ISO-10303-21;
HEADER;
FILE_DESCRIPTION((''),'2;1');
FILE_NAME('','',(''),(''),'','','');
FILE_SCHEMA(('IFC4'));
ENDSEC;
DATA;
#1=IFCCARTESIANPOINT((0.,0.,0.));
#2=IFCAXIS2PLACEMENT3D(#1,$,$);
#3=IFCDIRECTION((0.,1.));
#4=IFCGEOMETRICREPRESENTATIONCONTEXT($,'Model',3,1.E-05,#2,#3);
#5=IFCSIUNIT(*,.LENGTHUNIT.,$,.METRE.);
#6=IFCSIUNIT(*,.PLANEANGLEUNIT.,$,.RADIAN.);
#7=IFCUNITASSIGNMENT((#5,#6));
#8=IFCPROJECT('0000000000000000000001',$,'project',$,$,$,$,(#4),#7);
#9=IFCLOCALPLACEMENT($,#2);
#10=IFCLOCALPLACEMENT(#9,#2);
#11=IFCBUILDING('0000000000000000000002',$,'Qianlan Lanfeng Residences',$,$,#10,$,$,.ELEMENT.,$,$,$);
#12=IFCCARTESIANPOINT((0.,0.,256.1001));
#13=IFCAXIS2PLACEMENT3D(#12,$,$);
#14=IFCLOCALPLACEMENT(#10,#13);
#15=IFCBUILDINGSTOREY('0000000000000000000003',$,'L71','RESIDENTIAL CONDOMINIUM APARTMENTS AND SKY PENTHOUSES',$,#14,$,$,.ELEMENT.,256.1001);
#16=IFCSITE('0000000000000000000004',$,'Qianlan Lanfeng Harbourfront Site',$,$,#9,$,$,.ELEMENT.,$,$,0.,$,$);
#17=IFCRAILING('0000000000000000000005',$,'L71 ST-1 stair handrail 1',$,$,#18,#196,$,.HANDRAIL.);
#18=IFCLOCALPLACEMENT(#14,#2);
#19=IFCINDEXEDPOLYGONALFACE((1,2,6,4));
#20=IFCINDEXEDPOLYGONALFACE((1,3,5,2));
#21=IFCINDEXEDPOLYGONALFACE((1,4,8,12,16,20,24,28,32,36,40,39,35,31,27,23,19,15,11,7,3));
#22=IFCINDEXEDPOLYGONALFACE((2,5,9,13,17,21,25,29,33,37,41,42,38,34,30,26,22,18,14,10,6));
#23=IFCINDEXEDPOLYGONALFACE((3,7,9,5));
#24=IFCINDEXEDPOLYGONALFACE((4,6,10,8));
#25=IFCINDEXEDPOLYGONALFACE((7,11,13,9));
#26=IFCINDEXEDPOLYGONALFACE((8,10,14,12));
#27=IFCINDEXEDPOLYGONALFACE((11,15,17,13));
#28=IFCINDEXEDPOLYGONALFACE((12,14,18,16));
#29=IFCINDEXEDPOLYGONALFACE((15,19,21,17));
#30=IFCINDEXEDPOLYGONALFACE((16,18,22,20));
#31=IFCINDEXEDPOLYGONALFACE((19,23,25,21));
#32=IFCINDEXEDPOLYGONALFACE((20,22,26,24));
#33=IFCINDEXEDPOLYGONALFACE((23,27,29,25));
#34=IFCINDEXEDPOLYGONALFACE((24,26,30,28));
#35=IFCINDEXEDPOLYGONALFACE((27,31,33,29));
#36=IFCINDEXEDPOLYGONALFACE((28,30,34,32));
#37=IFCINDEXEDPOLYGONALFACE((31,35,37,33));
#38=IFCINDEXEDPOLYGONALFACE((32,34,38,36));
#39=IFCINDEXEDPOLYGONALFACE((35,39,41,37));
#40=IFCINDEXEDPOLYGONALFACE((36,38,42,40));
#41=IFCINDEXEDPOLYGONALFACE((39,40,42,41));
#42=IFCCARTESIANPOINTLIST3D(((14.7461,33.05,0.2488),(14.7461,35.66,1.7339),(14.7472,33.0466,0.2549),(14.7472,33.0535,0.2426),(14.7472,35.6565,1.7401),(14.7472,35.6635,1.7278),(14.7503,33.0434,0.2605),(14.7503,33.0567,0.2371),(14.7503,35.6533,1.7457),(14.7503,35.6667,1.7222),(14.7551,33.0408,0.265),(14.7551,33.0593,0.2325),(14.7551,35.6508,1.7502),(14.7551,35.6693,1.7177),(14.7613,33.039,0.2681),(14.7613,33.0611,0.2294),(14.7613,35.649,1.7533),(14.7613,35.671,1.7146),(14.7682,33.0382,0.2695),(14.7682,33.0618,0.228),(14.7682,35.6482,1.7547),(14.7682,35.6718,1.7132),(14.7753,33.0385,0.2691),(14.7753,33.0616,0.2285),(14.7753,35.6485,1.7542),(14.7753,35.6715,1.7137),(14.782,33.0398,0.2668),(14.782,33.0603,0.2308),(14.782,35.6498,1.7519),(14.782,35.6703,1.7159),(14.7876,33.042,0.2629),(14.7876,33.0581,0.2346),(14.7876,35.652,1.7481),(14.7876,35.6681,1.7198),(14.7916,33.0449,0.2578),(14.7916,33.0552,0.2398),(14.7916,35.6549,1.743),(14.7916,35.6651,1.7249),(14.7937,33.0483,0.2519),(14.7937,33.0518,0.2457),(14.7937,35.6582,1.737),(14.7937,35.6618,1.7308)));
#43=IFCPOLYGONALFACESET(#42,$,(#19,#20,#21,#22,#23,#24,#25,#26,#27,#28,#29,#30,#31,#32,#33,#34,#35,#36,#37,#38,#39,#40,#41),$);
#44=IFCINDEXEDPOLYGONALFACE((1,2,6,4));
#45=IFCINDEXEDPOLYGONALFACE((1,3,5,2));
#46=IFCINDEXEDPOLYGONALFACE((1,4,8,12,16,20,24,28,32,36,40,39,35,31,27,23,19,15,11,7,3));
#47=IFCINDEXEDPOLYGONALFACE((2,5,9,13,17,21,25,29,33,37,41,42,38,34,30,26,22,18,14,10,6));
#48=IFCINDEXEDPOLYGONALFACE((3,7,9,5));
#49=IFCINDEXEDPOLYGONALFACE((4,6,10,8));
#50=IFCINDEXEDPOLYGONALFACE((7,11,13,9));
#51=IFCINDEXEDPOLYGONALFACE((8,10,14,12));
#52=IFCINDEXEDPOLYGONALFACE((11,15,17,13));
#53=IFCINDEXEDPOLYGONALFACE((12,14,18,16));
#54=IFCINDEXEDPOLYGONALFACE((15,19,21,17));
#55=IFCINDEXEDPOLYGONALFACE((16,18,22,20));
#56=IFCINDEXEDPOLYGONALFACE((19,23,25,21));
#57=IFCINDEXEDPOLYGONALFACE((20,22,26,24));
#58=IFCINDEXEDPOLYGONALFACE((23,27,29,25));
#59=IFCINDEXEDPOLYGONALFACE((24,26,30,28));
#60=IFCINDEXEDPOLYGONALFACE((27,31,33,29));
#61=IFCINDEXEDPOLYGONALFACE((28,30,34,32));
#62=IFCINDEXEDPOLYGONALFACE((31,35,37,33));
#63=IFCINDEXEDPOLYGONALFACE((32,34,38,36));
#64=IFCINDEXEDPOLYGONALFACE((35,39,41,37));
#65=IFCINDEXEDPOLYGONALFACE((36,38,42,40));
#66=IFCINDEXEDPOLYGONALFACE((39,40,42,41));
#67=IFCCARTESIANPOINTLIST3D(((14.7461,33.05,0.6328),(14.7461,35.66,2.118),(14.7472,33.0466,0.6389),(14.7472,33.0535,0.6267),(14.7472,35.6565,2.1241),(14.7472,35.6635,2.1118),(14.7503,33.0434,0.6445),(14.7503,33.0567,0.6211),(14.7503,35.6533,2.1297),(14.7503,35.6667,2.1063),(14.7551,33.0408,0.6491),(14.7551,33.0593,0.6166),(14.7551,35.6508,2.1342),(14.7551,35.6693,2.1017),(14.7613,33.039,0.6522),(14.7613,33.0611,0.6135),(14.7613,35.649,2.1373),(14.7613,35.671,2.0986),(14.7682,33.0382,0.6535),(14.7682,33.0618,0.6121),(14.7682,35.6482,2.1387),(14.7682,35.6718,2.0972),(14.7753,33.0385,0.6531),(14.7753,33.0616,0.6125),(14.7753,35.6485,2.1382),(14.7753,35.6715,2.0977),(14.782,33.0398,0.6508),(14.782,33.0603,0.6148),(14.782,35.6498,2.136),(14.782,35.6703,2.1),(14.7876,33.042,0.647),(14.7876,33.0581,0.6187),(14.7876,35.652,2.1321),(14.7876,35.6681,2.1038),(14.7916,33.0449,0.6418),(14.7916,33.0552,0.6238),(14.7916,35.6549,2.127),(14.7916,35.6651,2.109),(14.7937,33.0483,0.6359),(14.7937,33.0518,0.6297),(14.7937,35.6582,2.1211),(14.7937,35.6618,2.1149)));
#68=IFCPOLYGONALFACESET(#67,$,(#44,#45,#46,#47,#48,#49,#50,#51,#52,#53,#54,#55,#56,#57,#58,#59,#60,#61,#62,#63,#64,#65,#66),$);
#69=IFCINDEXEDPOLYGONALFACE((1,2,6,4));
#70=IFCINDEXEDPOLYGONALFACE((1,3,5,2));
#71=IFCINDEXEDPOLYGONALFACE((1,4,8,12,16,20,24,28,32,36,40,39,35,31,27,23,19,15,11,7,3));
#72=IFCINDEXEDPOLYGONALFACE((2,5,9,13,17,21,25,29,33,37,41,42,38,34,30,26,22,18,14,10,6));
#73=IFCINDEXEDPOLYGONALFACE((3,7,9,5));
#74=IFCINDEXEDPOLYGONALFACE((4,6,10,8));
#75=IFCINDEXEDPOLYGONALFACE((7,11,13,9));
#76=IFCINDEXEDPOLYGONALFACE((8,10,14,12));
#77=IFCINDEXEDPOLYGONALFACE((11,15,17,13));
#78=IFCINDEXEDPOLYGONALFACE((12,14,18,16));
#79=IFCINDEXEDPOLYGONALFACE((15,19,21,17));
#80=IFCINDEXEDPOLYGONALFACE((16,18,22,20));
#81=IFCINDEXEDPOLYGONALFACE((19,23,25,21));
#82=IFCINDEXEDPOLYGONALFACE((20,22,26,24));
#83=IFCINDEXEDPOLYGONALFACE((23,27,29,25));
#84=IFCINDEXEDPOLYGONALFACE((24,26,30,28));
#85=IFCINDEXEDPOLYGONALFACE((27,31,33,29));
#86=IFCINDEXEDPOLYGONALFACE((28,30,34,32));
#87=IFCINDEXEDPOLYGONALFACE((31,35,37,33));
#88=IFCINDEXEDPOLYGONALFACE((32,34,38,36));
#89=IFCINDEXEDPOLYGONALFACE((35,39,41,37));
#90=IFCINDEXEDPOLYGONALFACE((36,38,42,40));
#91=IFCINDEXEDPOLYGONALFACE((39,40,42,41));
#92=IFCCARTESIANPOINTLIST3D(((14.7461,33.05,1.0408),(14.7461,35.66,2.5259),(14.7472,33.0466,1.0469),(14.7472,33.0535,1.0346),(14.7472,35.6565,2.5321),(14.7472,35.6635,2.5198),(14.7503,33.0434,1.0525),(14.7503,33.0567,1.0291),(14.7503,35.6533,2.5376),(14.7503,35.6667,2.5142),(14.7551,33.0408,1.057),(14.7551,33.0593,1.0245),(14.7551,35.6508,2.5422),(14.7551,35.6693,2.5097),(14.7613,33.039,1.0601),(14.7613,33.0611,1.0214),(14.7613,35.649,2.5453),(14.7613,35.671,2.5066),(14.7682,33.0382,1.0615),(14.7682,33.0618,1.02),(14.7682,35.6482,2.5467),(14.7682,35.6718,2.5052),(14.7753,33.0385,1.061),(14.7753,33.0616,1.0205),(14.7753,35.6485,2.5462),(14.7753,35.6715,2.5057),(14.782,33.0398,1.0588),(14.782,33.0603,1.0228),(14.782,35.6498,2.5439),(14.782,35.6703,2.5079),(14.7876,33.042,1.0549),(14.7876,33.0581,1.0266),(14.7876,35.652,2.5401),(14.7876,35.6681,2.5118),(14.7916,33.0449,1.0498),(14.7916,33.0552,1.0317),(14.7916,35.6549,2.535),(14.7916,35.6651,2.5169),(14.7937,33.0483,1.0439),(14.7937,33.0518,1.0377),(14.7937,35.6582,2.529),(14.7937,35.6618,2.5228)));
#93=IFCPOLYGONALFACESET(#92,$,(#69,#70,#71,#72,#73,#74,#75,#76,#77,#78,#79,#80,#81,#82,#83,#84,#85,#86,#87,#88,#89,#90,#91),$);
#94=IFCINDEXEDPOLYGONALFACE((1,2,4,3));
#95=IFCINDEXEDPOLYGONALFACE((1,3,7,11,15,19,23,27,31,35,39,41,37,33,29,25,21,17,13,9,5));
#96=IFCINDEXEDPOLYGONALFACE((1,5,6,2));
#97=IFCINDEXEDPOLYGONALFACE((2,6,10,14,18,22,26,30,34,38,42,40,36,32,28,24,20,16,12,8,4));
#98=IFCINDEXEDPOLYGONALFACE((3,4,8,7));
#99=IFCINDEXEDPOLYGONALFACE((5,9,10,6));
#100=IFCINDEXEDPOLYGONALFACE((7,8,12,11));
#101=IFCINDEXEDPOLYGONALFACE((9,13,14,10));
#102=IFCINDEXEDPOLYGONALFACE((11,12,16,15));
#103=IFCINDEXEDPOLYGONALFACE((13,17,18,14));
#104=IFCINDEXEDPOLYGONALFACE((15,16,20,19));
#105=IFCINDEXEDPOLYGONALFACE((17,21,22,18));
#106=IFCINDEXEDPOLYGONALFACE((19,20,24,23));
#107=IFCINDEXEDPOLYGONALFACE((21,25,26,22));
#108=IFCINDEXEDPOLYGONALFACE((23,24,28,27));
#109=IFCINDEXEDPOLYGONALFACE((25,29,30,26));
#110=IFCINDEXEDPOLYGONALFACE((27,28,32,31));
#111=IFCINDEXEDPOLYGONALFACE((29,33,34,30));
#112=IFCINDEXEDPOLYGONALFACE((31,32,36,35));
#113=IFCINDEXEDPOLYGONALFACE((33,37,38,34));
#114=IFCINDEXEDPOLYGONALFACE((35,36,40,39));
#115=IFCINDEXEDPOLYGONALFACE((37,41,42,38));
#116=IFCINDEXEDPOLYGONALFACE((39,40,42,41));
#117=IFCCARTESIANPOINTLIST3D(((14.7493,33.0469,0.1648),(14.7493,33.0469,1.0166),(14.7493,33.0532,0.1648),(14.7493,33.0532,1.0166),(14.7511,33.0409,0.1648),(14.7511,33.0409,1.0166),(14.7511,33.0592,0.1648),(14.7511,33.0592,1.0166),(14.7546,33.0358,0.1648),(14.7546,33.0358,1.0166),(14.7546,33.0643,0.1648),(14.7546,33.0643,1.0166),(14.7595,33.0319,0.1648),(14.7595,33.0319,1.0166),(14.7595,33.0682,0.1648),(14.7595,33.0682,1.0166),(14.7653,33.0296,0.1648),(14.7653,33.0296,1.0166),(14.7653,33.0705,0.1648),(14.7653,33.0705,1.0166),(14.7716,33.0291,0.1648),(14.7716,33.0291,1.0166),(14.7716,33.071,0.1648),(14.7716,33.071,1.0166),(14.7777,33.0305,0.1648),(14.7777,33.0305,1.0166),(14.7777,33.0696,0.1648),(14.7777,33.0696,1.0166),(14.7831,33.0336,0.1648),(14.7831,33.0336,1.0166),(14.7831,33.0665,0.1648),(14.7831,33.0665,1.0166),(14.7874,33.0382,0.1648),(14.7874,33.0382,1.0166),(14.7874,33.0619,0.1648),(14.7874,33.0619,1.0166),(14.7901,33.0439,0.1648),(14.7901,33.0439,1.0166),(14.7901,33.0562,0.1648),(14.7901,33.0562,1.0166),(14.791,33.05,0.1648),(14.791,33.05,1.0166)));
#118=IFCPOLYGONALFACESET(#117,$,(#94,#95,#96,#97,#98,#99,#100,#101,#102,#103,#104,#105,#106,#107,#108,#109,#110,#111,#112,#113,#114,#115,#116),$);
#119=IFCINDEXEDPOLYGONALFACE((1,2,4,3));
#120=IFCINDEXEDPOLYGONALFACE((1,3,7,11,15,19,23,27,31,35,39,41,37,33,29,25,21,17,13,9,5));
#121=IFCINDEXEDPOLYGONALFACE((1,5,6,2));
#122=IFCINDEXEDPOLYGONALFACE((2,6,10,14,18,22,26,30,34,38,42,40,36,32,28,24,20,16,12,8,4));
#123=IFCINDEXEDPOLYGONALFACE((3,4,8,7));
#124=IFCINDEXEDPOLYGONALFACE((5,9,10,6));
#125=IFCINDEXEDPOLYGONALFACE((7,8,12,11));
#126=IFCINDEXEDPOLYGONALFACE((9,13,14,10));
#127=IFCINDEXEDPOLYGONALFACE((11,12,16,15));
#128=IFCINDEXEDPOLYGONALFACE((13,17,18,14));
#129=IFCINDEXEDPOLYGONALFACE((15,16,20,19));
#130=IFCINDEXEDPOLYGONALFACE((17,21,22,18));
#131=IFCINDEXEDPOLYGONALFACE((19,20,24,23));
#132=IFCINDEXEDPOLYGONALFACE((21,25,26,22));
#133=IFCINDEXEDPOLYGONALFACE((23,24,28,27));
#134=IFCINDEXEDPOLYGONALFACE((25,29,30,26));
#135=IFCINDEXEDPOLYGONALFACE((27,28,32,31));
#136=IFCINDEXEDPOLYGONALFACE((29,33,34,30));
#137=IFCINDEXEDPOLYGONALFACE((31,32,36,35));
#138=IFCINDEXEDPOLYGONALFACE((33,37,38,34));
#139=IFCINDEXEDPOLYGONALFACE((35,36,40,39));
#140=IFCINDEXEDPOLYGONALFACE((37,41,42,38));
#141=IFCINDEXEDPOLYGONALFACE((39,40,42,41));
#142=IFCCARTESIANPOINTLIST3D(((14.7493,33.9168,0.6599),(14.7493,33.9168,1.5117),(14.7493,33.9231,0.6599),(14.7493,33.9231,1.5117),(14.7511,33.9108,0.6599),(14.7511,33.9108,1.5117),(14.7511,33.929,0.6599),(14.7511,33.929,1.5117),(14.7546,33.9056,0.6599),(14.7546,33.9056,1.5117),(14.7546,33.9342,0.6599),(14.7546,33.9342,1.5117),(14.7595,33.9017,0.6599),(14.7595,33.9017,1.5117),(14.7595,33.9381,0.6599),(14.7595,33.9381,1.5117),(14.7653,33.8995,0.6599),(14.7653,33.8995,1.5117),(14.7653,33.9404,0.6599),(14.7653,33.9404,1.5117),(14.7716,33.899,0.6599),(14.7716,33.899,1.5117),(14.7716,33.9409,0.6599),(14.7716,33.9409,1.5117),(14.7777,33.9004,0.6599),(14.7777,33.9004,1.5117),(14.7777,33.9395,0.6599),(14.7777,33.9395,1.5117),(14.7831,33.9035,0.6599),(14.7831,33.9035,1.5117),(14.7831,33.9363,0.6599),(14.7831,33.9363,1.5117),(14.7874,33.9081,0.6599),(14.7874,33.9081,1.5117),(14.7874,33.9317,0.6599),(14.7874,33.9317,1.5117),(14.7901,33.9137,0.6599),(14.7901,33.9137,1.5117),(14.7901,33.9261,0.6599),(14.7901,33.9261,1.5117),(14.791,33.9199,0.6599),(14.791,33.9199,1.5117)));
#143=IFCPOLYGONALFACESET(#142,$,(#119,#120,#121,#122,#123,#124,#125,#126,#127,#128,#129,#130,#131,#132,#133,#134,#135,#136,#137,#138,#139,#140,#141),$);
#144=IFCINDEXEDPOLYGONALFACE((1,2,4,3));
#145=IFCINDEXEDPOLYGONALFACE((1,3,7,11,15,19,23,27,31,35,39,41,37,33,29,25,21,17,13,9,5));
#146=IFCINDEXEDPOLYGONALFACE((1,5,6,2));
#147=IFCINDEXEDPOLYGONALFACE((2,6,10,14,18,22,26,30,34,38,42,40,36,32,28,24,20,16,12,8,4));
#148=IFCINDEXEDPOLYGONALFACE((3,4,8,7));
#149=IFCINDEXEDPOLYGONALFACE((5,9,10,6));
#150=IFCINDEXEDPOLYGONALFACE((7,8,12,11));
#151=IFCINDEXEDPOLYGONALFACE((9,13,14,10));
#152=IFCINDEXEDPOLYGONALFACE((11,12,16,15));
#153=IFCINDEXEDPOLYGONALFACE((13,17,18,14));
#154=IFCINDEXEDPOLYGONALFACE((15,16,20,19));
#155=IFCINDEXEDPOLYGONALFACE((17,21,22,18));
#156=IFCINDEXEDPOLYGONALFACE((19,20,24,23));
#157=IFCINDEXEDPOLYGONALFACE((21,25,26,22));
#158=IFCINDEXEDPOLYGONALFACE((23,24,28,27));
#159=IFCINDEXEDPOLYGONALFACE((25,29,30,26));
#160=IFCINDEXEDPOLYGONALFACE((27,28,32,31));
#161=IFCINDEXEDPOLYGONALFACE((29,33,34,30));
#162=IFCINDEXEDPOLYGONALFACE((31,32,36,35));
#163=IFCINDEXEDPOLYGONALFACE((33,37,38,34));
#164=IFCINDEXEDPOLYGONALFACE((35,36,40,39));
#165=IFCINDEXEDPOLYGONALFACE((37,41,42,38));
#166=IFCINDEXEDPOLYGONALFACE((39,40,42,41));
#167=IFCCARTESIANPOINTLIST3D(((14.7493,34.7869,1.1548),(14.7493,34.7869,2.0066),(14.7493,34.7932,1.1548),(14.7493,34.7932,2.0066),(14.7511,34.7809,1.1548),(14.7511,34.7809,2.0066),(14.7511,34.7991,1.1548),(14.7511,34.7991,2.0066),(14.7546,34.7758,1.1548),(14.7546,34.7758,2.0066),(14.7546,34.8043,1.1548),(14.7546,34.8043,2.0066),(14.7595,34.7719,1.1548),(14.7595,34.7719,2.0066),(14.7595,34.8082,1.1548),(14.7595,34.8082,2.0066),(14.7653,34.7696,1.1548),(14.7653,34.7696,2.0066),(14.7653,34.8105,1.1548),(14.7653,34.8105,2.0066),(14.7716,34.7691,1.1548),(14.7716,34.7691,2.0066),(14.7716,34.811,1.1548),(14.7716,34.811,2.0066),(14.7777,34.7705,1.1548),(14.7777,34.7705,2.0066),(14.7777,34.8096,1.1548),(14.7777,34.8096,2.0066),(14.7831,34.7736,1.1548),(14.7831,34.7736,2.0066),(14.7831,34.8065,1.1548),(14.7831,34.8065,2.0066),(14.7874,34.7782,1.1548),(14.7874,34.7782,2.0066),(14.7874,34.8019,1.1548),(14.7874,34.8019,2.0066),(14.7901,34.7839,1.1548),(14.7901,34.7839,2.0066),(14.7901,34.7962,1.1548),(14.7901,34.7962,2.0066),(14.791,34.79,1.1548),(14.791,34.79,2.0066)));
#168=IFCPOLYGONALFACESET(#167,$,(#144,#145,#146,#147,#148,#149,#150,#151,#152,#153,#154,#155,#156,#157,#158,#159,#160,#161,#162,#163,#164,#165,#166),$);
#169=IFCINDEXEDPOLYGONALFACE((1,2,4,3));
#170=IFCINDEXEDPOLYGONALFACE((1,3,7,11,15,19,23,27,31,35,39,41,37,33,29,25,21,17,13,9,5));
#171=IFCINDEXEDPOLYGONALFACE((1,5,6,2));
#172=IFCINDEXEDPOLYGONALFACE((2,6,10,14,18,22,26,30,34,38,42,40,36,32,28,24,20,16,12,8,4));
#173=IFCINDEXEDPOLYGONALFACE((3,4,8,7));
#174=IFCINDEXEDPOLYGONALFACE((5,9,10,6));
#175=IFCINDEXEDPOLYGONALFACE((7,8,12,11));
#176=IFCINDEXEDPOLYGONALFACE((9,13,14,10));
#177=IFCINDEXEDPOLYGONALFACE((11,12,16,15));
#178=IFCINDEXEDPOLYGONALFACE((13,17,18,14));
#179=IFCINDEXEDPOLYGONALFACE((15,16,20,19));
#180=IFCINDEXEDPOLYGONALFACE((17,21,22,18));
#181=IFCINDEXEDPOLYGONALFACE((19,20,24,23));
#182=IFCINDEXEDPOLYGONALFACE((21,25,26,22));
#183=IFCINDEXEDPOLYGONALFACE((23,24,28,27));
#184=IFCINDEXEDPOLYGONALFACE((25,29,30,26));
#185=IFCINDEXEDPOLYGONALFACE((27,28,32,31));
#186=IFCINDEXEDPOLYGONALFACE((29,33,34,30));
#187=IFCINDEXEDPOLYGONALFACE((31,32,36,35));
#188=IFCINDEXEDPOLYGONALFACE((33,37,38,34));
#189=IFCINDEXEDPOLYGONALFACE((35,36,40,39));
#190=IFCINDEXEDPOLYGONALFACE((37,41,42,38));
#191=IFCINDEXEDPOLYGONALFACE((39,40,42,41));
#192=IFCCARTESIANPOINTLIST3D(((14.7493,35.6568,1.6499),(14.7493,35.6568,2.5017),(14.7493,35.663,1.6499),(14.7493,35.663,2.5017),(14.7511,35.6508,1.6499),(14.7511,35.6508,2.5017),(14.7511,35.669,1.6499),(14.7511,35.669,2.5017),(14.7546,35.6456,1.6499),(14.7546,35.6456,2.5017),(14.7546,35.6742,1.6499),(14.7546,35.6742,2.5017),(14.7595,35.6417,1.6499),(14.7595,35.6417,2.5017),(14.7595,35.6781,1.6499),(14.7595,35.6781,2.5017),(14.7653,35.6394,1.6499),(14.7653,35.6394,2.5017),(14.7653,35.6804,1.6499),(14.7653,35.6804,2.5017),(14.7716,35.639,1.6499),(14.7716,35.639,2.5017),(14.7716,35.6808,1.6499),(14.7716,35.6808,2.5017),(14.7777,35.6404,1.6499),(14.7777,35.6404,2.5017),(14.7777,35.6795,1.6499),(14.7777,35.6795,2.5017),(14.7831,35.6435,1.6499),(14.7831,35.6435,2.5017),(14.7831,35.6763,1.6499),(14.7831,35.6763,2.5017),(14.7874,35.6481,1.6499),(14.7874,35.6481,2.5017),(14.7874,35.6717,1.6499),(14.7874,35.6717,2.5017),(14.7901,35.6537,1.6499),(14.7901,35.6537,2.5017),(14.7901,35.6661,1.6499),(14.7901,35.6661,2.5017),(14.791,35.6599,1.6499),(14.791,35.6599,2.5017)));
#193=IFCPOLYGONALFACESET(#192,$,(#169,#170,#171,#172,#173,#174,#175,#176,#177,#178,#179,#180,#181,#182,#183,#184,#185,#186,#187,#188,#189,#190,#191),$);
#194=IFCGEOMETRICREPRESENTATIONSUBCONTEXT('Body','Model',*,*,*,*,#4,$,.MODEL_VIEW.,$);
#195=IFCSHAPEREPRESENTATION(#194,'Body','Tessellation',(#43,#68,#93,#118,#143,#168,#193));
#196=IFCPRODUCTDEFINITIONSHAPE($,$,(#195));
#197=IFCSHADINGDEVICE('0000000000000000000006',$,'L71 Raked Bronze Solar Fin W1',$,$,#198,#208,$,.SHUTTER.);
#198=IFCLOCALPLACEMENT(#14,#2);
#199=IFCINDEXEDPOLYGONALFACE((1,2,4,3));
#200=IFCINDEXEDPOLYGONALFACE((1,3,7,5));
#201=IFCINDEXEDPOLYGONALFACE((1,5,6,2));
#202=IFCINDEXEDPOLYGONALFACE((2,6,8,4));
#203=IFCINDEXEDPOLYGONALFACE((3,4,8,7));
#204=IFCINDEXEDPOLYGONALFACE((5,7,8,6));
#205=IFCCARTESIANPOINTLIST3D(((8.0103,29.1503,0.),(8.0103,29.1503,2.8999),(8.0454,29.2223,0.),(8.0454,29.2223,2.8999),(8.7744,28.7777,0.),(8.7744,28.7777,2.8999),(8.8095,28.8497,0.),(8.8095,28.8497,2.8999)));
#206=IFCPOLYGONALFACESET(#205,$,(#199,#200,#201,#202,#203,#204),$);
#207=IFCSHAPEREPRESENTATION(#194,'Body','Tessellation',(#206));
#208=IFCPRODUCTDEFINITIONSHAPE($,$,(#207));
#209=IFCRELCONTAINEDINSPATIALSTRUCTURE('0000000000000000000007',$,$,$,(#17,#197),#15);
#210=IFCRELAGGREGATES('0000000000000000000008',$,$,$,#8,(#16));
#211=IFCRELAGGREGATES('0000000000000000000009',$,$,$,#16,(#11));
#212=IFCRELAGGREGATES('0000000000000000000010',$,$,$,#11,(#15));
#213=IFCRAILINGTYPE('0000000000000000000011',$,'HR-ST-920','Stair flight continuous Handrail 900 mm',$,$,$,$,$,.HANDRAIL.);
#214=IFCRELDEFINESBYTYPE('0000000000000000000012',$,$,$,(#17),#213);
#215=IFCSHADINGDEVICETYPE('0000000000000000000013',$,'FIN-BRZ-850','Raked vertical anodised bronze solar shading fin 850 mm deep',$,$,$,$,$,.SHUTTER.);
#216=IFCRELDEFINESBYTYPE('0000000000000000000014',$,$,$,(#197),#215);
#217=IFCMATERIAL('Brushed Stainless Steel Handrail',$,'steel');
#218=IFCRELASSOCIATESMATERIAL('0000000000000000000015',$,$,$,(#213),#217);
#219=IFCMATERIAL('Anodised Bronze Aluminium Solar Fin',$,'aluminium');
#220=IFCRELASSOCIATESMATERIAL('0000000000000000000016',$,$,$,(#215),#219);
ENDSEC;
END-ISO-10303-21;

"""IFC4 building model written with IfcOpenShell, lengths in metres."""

from ifc_helpers import new_model, si_unit, direction, frame, origin, origin_2d, place, context, subcontext, project, spatial, rectangle, circle, extrude, source, transform, mapped, material, type_object, element, save


model = new_model("IFC4")

# Units and contexts
model_context = context("Model", 3, precision=1e-05, world=origin(), true_north=direction((0.0, 1.0)))
body_context = subcontext(model_context, "Body", "Model", "MODEL_VIEW")
ifc_project = project(units=[si_unit("LENGTHUNIT", "METRE"), si_unit("PLANEANGLEUNIT", "RADIAN")], contexts=[model_context])

# Site, building, storey
site_placement = place(None, origin())
site = spatial("IfcSite", under=ifc_project, at=site_placement, Name="Qianlan Lanfeng Harbourfront Site", CompositionType="ELEMENT", RefElevation=0.0)
building_placement = place(site_placement, origin())
building = spatial("IfcBuilding", under=site, at=building_placement, Name="Qianlan Lanfeng Residences", CompositionType="ELEMENT")
storey_placement = place(building_placement, frame((0.0, 0.0, 256.1001)))
storey = spatial("IfcBuildingStorey", under=building, at=storey_placement, Name="L71", Description="RESIDENTIAL CONDOMINIUM APARTMENTS AND SKY PENTHOUSES", CompositionType="ELEMENT", Elevation=256.1001)

# Railing
ifc_material_1 = material(Name="Brushed Stainless Steel Handrail", Category="steel")
railing_type_1 = type_object("IfcRailingType", Name="HR-ST-920", Description="Stair flight continuous Handrail 900 mm", PredefinedType="HANDRAIL", material=ifc_material_1)
railing_1_placement = place(storey_placement, frame((14.77, 33.05, 0.1648)))
element("IfcRailing", 1, at=railing_1_placement, inside=storey, type_object=railing_type_1, Name="L71 ST-1 stair handrail 1", PredefinedType="HANDRAIL", context=body_context, shape_type="SweptSolid", body=[
    extrude(circle(Radius=0.0239, at=origin_2d()), frame((0.0, 0.0, 0.084), z_axis=(0.0, 0.869137, 0.494571), x_axis=(-1.0, 0.0, 0.0)), (0.0, 0.0, 1.0), 3.0029),
    extrude(circle(Radius=0.0239, at=origin_2d()), frame((0.0, 0.0, 0.468), z_axis=(0.0, 0.869137, 0.494571), x_axis=(-1.0, 0.0, 0.0)), (0.0, 0.0, 1.0), 3.0029),
    extrude(circle(Radius=0.0239, at=origin_2d()), frame((0.0, 0.0, 0.876), z_axis=(0.0, 0.869137, 0.494571), x_axis=(-1.0, 0.0, 0.0)), (0.0, 0.0, 1.0), 3.0029),
    extrude(circle(Radius=0.021, at=origin_2d()), origin(), (0.0, 0.0, 1.0), 0.8518),
    extrude(circle(Radius=0.021, at=origin_2d()), frame((0.0, 0.8699, 0.4951)), (0.0, 0.0, 1.0), 0.8518),
    extrude(circle(Radius=0.021, at=origin_2d()), frame((0.0, 1.74, 0.99)), (0.0, 0.0, 1.0), 0.8518),
    extrude(circle(Radius=0.021, at=origin_2d()), frame((0.0, 2.6099, 1.4851)), (0.0, 0.0, 1.0), 0.8518),
])

# Shading device
ifc_material_2 = material(Name="Anodised Bronze Aluminium Solar Fin", Category="aluminium")
shading_device_type = type_object("IfcShadingDeviceType", Name="FIN-BRZ-850", Description="Raked vertical anodised bronze solar shading fin 850 mm deep", PredefinedType="SHUTTER", material=ifc_material_2)
shared_shape_1 = source(origin(), body_context, "Body", "SweptSolid", [
    extrude(rectangle(XDim=0.8501, YDim=0.0801, at=origin_2d()), origin(), (0.0, 0.0, 1.0), 2.8999),
])
for number, where, z_axis, x_axis, name in (
    (2, (8.4099, 29.0, 0.0), (0.0, 0.0, 1.0), (0.898794, -0.438371, 0.0), "L71 Raked Bronze Solar Fin W1"),
):
    element("IfcShadingDevice", number, at=place(storey_placement, frame(where, z_axis=z_axis, x_axis=x_axis)), inside=storey, type_object=shading_device_type, Name=name, PredefinedType="SHUTTER", context=body_context, shape_type="MappedRepresentation", body=[
        mapped(shared_shape_1, transform((0.0, 0.0, 0.0), scale=1.0)),
    ])

save(model, "model.ifc")
